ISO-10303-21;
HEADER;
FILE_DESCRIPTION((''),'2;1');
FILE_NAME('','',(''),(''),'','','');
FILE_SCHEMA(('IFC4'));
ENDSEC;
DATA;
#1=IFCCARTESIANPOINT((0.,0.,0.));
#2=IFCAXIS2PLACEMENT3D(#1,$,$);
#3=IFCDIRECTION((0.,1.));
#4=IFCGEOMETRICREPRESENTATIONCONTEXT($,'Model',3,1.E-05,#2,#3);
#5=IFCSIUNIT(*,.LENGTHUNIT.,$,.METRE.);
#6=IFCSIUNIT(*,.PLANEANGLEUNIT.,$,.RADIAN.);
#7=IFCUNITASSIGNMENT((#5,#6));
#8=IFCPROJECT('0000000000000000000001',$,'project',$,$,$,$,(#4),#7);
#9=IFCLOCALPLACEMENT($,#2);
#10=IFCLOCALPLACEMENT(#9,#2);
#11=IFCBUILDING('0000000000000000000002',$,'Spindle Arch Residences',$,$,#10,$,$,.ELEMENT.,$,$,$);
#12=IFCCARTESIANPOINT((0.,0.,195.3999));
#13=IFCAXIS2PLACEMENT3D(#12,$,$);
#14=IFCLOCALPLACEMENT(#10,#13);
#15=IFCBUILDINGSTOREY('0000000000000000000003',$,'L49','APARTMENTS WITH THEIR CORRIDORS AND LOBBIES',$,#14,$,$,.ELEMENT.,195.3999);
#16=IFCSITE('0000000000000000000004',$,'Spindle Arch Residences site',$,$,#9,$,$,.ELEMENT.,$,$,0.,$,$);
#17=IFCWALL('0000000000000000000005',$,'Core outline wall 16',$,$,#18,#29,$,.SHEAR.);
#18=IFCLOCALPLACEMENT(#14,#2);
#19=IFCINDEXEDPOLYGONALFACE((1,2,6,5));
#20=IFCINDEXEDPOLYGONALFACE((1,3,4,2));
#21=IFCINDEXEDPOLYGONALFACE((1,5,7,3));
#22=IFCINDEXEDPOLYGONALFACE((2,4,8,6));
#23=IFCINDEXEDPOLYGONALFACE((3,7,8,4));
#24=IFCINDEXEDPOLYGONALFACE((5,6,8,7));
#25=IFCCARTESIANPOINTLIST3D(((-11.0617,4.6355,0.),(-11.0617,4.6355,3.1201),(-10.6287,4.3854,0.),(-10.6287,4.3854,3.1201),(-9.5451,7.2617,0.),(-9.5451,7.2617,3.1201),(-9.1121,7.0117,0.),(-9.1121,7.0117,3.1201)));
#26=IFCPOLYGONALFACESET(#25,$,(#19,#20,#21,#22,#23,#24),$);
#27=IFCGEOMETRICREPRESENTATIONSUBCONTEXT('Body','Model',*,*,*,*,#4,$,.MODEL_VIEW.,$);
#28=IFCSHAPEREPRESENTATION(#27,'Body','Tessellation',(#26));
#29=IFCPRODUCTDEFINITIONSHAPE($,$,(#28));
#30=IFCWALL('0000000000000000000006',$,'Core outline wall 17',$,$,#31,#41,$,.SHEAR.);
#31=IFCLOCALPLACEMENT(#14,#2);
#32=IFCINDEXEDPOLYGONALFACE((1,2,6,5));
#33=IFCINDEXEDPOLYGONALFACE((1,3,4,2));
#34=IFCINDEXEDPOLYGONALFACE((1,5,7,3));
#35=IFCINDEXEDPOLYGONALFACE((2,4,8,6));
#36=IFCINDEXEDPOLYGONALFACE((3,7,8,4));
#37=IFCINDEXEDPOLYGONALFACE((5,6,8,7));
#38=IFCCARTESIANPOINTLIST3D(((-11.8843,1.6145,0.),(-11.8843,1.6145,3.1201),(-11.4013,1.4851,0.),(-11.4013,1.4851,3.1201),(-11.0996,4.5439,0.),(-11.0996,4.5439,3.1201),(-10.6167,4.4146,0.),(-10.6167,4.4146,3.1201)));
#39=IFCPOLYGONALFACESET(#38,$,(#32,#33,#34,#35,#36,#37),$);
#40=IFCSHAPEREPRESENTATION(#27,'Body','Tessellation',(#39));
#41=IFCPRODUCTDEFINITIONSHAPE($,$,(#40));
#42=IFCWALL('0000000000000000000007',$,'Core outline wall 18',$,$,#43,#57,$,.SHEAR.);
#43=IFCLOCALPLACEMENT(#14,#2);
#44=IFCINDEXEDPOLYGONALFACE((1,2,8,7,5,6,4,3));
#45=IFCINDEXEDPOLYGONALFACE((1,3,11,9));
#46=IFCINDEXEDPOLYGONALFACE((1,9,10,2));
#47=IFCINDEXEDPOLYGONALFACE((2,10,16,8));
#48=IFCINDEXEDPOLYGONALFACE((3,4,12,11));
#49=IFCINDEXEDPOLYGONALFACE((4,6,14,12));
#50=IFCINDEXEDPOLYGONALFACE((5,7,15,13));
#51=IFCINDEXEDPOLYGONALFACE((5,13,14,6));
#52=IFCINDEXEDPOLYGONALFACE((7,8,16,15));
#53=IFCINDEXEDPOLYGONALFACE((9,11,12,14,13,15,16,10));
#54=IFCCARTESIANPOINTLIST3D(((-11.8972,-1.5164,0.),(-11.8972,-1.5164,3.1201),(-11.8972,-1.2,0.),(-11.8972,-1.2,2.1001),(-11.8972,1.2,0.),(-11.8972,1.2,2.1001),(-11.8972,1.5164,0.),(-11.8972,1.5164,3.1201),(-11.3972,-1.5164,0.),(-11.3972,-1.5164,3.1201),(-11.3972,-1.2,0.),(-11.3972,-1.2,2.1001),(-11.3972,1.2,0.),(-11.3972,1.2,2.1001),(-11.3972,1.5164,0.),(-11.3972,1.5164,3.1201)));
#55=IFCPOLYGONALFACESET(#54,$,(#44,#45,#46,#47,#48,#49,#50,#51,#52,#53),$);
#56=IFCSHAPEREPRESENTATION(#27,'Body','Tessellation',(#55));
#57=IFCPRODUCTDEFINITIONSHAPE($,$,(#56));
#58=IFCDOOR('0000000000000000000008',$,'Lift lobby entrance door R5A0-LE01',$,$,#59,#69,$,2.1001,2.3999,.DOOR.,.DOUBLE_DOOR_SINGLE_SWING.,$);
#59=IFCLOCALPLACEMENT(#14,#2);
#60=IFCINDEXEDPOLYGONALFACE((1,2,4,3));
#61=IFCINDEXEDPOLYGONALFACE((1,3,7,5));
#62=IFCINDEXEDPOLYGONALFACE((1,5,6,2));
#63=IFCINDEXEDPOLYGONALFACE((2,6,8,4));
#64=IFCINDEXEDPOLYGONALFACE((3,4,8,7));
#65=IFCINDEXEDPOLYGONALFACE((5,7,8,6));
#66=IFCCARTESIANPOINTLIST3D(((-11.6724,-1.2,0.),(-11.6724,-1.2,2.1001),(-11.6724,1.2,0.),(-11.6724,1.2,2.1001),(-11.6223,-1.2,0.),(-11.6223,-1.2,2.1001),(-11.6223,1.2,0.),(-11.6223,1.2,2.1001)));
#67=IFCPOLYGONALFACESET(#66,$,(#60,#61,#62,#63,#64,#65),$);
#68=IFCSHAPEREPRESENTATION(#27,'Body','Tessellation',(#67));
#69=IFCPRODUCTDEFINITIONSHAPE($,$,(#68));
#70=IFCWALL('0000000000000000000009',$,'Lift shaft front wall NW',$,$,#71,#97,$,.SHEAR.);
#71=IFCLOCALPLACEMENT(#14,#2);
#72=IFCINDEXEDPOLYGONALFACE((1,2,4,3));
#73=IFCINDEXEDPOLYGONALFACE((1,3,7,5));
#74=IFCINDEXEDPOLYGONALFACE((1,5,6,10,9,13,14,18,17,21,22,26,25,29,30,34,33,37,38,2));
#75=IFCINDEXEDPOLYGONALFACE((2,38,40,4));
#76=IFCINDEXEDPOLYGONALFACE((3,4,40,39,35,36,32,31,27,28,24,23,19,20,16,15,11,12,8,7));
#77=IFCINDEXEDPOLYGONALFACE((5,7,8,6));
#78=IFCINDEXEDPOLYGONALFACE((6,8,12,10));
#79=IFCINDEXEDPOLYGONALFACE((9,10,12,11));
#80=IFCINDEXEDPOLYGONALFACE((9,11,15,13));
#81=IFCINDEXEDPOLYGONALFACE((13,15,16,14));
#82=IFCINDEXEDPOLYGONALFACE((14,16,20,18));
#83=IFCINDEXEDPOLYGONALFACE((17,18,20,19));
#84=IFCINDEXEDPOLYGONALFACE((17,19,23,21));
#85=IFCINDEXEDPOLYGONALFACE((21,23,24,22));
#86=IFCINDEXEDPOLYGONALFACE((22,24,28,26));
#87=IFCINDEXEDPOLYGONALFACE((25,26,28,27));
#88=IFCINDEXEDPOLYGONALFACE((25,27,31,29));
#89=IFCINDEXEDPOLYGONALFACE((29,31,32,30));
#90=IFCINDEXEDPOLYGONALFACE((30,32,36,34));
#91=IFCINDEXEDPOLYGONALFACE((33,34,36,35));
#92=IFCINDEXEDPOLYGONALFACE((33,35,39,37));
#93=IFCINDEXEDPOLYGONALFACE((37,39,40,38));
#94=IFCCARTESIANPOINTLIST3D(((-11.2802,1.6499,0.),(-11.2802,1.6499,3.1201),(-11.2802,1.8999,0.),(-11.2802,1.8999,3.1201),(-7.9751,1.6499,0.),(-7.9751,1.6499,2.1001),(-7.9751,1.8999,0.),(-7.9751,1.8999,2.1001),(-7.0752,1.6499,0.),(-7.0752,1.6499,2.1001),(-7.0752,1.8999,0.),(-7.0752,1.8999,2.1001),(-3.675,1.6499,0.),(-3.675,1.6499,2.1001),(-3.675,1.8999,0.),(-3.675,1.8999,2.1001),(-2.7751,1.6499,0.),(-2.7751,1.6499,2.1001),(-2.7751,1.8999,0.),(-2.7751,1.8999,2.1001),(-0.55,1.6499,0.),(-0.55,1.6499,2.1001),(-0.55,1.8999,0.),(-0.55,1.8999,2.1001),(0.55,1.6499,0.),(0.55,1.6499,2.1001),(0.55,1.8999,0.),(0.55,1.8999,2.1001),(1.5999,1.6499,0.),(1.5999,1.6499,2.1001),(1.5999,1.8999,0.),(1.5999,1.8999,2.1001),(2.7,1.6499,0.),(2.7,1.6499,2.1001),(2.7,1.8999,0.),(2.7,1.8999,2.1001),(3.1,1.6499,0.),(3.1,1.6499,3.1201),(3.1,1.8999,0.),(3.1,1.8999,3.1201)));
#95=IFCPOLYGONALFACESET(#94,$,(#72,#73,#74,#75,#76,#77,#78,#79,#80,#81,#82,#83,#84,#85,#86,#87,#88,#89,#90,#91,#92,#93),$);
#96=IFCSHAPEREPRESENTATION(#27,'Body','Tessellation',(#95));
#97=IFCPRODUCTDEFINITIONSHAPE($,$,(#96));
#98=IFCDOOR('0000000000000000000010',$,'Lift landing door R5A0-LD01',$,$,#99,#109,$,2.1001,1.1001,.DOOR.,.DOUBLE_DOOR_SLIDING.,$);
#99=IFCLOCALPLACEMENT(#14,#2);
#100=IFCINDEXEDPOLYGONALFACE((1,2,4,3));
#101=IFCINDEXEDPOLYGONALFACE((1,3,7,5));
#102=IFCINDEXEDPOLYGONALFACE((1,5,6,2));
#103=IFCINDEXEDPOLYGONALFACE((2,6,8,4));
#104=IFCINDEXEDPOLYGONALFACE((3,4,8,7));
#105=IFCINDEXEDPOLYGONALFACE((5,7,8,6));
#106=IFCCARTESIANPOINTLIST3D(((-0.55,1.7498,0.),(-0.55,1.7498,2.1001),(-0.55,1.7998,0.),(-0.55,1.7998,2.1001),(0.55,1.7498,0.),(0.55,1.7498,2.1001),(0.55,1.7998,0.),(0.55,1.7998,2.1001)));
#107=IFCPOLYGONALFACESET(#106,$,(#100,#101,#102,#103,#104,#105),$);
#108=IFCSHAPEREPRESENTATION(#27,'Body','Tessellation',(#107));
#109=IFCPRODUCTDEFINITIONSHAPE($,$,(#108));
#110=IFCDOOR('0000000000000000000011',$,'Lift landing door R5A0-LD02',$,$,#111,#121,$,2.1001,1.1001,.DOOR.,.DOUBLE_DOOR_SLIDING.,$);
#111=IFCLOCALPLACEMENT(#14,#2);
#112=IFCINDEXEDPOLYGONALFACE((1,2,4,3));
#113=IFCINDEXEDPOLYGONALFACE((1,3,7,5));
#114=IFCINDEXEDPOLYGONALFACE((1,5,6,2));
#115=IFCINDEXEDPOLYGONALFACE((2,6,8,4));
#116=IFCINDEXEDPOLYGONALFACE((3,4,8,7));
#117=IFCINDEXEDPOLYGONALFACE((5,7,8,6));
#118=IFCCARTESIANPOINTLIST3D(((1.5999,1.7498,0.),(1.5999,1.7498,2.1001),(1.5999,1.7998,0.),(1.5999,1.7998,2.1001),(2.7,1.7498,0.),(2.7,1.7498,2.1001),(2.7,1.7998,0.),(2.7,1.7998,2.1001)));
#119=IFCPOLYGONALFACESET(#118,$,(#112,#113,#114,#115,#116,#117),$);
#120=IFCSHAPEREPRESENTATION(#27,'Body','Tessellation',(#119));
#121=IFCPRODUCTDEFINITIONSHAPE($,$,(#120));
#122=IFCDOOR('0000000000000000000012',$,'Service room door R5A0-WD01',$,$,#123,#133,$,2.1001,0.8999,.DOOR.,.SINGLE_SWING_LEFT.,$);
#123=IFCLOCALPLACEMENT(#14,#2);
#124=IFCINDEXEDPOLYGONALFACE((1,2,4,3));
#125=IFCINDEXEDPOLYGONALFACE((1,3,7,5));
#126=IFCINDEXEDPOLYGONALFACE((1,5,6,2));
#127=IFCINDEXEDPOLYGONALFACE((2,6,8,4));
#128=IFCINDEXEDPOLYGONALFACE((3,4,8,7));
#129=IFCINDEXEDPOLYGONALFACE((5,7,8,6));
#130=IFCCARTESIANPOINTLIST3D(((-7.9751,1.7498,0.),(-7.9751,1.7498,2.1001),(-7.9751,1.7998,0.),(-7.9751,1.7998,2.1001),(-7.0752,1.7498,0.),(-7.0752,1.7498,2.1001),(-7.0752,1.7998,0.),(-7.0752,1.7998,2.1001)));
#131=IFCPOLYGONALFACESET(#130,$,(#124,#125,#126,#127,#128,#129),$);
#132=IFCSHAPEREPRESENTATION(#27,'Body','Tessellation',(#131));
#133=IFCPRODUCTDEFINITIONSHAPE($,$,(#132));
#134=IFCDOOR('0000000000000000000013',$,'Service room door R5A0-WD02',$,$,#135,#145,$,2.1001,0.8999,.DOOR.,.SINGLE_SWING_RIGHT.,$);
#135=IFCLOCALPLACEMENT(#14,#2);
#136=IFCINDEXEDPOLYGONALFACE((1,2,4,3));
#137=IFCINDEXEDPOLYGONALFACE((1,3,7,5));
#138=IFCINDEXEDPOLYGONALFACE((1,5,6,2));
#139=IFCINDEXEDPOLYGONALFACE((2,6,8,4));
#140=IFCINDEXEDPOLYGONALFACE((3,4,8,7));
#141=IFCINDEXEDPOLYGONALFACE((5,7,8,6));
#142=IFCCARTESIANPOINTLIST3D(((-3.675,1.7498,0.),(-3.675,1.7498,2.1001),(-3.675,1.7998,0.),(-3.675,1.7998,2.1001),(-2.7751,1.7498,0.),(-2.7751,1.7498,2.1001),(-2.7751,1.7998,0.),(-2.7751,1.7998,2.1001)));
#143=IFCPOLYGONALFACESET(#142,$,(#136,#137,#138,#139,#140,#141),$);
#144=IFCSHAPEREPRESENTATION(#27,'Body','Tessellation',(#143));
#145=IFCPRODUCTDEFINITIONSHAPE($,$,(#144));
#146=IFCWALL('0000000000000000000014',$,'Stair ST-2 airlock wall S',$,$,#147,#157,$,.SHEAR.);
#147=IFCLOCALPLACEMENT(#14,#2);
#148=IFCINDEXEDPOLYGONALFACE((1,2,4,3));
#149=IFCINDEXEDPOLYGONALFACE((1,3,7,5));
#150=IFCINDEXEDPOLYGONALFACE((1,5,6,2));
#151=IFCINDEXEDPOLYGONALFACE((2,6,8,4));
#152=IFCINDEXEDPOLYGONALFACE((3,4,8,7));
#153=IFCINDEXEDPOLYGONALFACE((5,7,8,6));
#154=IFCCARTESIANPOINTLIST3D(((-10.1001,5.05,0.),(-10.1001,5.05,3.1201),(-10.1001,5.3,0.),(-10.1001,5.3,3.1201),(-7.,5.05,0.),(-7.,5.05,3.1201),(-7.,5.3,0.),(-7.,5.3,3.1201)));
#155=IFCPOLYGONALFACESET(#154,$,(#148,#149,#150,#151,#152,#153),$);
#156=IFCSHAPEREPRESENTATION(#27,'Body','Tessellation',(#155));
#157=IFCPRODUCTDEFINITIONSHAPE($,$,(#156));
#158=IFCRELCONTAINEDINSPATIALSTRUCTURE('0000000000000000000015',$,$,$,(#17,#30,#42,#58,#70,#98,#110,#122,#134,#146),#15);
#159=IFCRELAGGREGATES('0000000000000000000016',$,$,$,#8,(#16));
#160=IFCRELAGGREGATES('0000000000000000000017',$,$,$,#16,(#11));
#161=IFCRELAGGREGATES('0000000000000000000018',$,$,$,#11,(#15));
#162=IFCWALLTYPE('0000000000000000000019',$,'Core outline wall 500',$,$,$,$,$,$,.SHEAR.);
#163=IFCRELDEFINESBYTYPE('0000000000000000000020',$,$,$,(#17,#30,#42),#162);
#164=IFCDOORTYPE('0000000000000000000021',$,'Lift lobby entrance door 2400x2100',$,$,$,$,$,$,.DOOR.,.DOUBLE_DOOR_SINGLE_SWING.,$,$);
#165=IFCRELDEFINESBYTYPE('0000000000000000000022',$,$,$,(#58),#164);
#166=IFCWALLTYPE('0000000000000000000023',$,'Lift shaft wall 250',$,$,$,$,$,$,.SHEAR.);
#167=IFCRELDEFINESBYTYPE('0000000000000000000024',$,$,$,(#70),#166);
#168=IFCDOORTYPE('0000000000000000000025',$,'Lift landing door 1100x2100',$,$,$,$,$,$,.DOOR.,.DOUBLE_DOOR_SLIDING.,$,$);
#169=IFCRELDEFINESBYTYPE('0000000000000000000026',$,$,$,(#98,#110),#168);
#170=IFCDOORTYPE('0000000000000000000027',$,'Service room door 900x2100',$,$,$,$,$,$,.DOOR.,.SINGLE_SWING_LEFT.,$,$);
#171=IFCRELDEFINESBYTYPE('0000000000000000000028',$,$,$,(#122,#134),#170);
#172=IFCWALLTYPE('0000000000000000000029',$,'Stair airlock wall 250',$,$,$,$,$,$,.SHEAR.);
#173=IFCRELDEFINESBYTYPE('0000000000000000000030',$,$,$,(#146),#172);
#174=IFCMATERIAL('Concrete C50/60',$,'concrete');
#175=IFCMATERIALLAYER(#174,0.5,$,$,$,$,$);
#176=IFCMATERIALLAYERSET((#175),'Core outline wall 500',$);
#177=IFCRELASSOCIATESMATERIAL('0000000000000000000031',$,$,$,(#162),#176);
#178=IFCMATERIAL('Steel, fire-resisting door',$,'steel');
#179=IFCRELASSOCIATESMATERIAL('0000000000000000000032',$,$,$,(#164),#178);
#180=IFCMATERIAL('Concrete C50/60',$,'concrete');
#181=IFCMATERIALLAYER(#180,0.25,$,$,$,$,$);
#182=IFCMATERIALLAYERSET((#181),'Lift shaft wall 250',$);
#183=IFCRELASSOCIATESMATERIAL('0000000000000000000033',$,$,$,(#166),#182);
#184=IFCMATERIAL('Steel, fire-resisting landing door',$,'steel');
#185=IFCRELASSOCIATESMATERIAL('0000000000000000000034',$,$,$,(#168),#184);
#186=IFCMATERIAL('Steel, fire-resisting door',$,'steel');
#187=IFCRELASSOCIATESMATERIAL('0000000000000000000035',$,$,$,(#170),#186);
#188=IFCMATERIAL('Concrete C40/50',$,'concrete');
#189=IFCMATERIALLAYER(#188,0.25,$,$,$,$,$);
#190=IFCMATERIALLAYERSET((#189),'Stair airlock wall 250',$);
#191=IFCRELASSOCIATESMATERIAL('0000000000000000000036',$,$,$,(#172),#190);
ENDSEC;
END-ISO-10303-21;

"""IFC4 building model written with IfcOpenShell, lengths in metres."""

from ifc_helpers import new_model, si_unit, direction, frame, frame_2d, origin, place, context, subcontext, project, spatial, rectangle, extrude, material, layer, layer_set, type_object, element, fill, save


model = new_model("IFC4")

# Units and contexts
model_context = context("Model", 3, precision=1e-05, world=origin(), true_north=direction((0.0, 1.0)))
body_context = subcontext(model_context, "Body", "Model", "MODEL_VIEW")
ifc_project = project(units=[si_unit("LENGTHUNIT", "METRE"), si_unit("PLANEANGLEUNIT", "RADIAN")], contexts=[model_context])

# Site, building, storey
site_placement = place(None, origin())
site = spatial("IfcSite", under=ifc_project, at=site_placement, Name="Spindle Arch Residences site", CompositionType="ELEMENT", RefElevation=0.0)
building_placement = place(site_placement, origin())
building = spatial("IfcBuilding", under=site, at=building_placement, Name="Spindle Arch Residences", CompositionType="ELEMENT")
storey_placement = place(building_placement, frame((0.0, 0.0, 195.3999)))
storey = spatial("IfcBuildingStorey", under=building, at=storey_placement, Name="L49", Description="APARTMENTS WITH THEIR CORRIDORS AND LOBBIES", CompositionType="ELEMENT", Elevation=195.3999)

# Walls
ifc_material_1 = material(Name="Concrete C50/60", Category="concrete")
ifc_layer_1 = layer(ifc_material_1, 0.5)
ifc_layer_set_1 = layer_set([ifc_layer_1], Name="Core outline wall 500")
wall_type_1 = type_object("IfcWallType", Name="Core outline wall 500", PredefinedType="SHEAR", material=ifc_layer_set_1)
for number, where, z_axis, x_axis, name in (
    (1, (-9.3286, 7.1367, 0.0), (0.0, 0.0, 1.0), (-0.500087, -0.865975, 0.0), "Core outline wall 16"),
    (2, (-10.8582, 4.4792, 0.0), (0.0, 0.0, 1.0), (-0.258735, -0.965948, 0.0), "Core outline wall 17"),
):
    element("IfcWall", number, at=place(storey_placement, frame(where, z_axis=z_axis, x_axis=x_axis)), inside=storey, type_object=wall_type_1, Name=name, PredefinedType="SHEAR", context=body_context, shape_type="SweptSolid", body=[
        extrude(rectangle(XDim=3.0327, YDim=0.5, at=frame_2d((1.5164, 0.0))), origin(), (0.0, 0.0, 1.0), 3.1201),
    ])

# Wall, opening, door
wall_1_placement = place(storey_placement, frame((-11.6472, 1.5164, 0.0), z_axis=(0.0, 0.0, 1.0), x_axis=(0.0, -1.0, 0.0)))
wall_1 = element("IfcWall", 3, at=wall_1_placement, inside=storey, type_object=wall_type_1, Name="Core outline wall 18", PredefinedType="SHEAR", context=body_context, shape_type="SweptSolid", body=[
    extrude(rectangle(XDim=3.0327, YDim=0.5, at=frame_2d((1.5164, 0.0))), origin(), (0.0, 0.0, 1.0), 3.1201),
])
opening_1_placement = place(wall_1_placement, frame((0.3164, 0.0, 0.0)))
opening_1 = element("IfcOpeningElement", 4, at=opening_1_placement, cuts=wall_1, PredefinedType="OPENING", context=body_context, shape_type="SweptSolid", body=[
    extrude(rectangle(XDim=2.3999, YDim=2.1001, at=frame_2d((1.2, 1.05))), frame((0.0, 0.26, 0.0), z_axis=(0.0, -1.0, 0.0), x_axis=(1.0, 0.0, 0.0)), (0.0, 0.0, 1.0), 0.52),
])
ifc_material_2 = material(Name="Steel, fire-resisting door", Category="steel")
door_type_1 = type_object("IfcDoorType", Name="Lift lobby entrance door 2400x2100", OperationType="DOUBLE_DOOR_SINGLE_SWING", PredefinedType="DOOR", material=ifc_material_2)
door_1_placement = place(opening_1_placement, origin())
door_1 = element("IfcDoor", 5, at=door_1_placement, inside=storey, type_object=door_type_1, Name="Lift lobby entrance door R5A0-LE01", OperationType="DOUBLE_DOOR_SINGLE_SWING", OverallHeight=2.1001, OverallWidth=2.3999, PredefinedType="DOOR", context=body_context, shape_type="SweptSolid", body=[
    extrude(rectangle(XDim=2.3999, YDim=2.1001, at=frame_2d((1.2, 1.05))), frame((0.0, 0.0249, 0.0), z_axis=(0.0, -1.0, 0.0), x_axis=(1.0, 0.0, 0.0)), (0.0, 0.0, 1.0), 0.05),
])
fill(opening_1, door_1)

# Wall, openings, doors
ifc_material_3 = material(Name="Concrete C50/60", Category="concrete")
ifc_layer_2 = layer(ifc_material_3, 0.25)
ifc_layer_set_2 = layer_set([ifc_layer_2], Name="Lift shaft wall 250")
wall_type_2 = type_object("IfcWallType", Name="Lift shaft wall 250", PredefinedType="SHEAR", material=ifc_layer_set_2)
wall_2_placement = place(storey_placement, frame((-11.28, 1.7749, 0.0), z_axis=(0.0, 0.0, 1.0), x_axis=(1.0, 0.0, 0.0)))
wall_2 = element("IfcWall", 6, at=wall_2_placement, inside=storey, type_object=wall_type_2, Name="Lift shaft front wall NW", PredefinedType="SHEAR", context=body_context, shape_type="SweptSolid", body=[
    extrude(rectangle(XDim=14.3801, YDim=0.25, at=frame_2d((7.1899, 0.0))), origin(), (0.0, 0.0, 1.0), 3.1201),
])
opening_2_placement = place(wall_2_placement, frame((10.73, 0.0, 0.0)))
opening_2 = element("IfcOpeningElement", 7, at=opening_2_placement, cuts=wall_2, PredefinedType="OPENING", context=body_context, shape_type="SweptSolid", body=[
    extrude(rectangle(XDim=1.1001, YDim=2.1001, at=frame_2d((0.55, 1.05))), frame((0.0, 0.135, 0.0), z_axis=(0.0, -1.0, 0.0), x_axis=(1.0, 0.0, 0.0)), (0.0, 0.0, 1.0), 0.27),
])
opening_3_placement = place(wall_2_placement, frame((12.8799, 0.0, 0.0)))
opening_3 = element("IfcOpeningElement", 8, at=opening_3_placement, cuts=wall_2, PredefinedType="OPENING", context=body_context, shape_type="SweptSolid", body=[
    extrude(rectangle(XDim=1.1001, YDim=2.1001, at=frame_2d((0.55, 1.05))), frame((0.0, 0.135, 0.0), z_axis=(0.0, -1.0, 0.0), x_axis=(1.0, 0.0, 0.0)), (0.0, 0.0, 1.0), 0.27),
])
opening_4_placement = place(wall_2_placement, frame((3.3049, 0.0, 0.0)))
opening_4 = element("IfcOpeningElement", 9, at=opening_4_placement, cuts=wall_2, PredefinedType="OPENING", context=body_context, shape_type="SweptSolid", body=[
    extrude(rectangle(XDim=0.8999, YDim=2.1001, at=frame_2d((0.45, 1.05))), frame((0.0, 0.135, 0.0), z_axis=(0.0, -1.0, 0.0), x_axis=(1.0, 0.0, 0.0)), (0.0, 0.0, 1.0), 0.27),
])
opening_5_placement = place(wall_2_placement, frame((7.605, 0.0, 0.0)))
opening_5 = element("IfcOpeningElement", 10, at=opening_5_placement, cuts=wall_2, PredefinedType="OPENING", context=body_context, shape_type="SweptSolid", body=[
    extrude(rectangle(XDim=0.8999, YDim=2.1001, at=frame_2d((0.45, 1.05))), frame((0.0, 0.135, 0.0), z_axis=(0.0, -1.0, 0.0), x_axis=(1.0, 0.0, 0.0)), (0.0, 0.0, 1.0), 0.27),
])
ifc_material_4 = material(Name="Steel, fire-resisting landing door", Category="steel")
door_type_2 = type_object("IfcDoorType", Name="Lift landing door 1100x2100", OperationType="DOUBLE_DOOR_SLIDING", PredefinedType="DOOR", material=ifc_material_4)
door_2_placement = place(opening_2_placement, origin())
door_2 = element("IfcDoor", 11, at=door_2_placement, inside=storey, type_object=door_type_2, Name="Lift landing door R5A0-LD01", OperationType="DOUBLE_DOOR_SLIDING", OverallHeight=2.1001, OverallWidth=1.1001, PredefinedType="DOOR", context=body_context, shape_type="SweptSolid", body=[
    extrude(rectangle(XDim=1.1001, YDim=2.1001, at=frame_2d((0.55, 1.05))), frame((0.0, 0.0249, 0.0), z_axis=(0.0, -1.0, 0.0), x_axis=(1.0, 0.0, 0.0)), (0.0, 0.0, 1.0), 0.05),
])
fill(opening_2, door_2)
door_3_placement = place(opening_3_placement, origin())
door_3 = element("IfcDoor", 12, at=door_3_placement, inside=storey, type_object=door_type_2, Name="Lift landing door R5A0-LD02", OperationType="DOUBLE_DOOR_SLIDING", OverallHeight=2.1001, OverallWidth=1.1001, PredefinedType="DOOR", context=body_context, shape_type="SweptSolid", body=[
    extrude(rectangle(XDim=1.1001, YDim=2.1001, at=frame_2d((0.55, 1.05))), frame((0.0, 0.0249, 0.0), z_axis=(0.0, -1.0, 0.0), x_axis=(1.0, 0.0, 0.0)), (0.0, 0.0, 1.0), 0.05),
])
fill(opening_3, door_3)
ifc_material_5 = material(Name="Steel, fire-resisting door", Category="steel")
door_type_3 = type_object("IfcDoorType", Name="Service room door 900x2100", OperationType="SINGLE_SWING_LEFT", PredefinedType="DOOR", material=ifc_material_5)
door_4_placement = place(opening_4_placement, origin())
door_4 = element("IfcDoor", 13, at=door_4_placement, inside=storey, type_object=door_type_3, Name="Service room door R5A0-WD01", OperationType="SINGLE_SWING_LEFT", OverallHeight=2.1001, OverallWidth=0.8999, PredefinedType="DOOR", context=body_context, shape_type="SweptSolid", body=[
    extrude(rectangle(XDim=0.8999, YDim=2.1001, at=frame_2d((0.45, 1.05))), frame((0.0, 0.0249, 0.0), z_axis=(0.0, -1.0, 0.0), x_axis=(1.0, 0.0, 0.0)), (0.0, 0.0, 1.0), 0.05),
])
fill(opening_4, door_4)
door_5_placement = place(opening_5_placement, origin())
door_5 = element("IfcDoor", 14, at=door_5_placement, inside=storey, type_object=door_type_3, Name="Service room door R5A0-WD02", OperationType="SINGLE_SWING_RIGHT", OverallHeight=2.1001, OverallWidth=0.8999, PredefinedType="DOOR", context=body_context, shape_type="SweptSolid", body=[
    extrude(rectangle(XDim=0.8999, YDim=2.1001, at=frame_2d((0.45, 1.05))), frame((0.0, 0.0249, 0.0), z_axis=(0.0, -1.0, 0.0), x_axis=(1.0, 0.0, 0.0)), (0.0, 0.0, 1.0), 0.05),
])
fill(opening_5, door_5)

# Wall
ifc_material_6 = material(Name="Concrete C40/50", Category="concrete")
ifc_layer_3 = layer(ifc_material_6, 0.25)
ifc_layer_set_3 = layer_set([ifc_layer_3], Name="Stair airlock wall 250")
wall_type_3 = type_object("IfcWallType", Name="Stair airlock wall 250", PredefinedType="SHEAR", material=ifc_layer_set_3)
wall_3_placement = place(storey_placement, frame((-7.0, 5.175, 0.0), z_axis=(0.0, 0.0, 1.0), x_axis=(-1.0, 0.0, 0.0)))
element("IfcWall", 15, at=wall_3_placement, inside=storey, type_object=wall_type_3, Name="Stair ST-2 airlock wall S", PredefinedType="SHEAR", context=body_context, shape_type="SweptSolid", body=[
    extrude(rectangle(XDim=3.1001, YDim=0.25, at=frame_2d((1.55, 0.0))), origin(), (0.0, 0.0, 1.0), 3.1201),
])

save(model, "model.ifc")
